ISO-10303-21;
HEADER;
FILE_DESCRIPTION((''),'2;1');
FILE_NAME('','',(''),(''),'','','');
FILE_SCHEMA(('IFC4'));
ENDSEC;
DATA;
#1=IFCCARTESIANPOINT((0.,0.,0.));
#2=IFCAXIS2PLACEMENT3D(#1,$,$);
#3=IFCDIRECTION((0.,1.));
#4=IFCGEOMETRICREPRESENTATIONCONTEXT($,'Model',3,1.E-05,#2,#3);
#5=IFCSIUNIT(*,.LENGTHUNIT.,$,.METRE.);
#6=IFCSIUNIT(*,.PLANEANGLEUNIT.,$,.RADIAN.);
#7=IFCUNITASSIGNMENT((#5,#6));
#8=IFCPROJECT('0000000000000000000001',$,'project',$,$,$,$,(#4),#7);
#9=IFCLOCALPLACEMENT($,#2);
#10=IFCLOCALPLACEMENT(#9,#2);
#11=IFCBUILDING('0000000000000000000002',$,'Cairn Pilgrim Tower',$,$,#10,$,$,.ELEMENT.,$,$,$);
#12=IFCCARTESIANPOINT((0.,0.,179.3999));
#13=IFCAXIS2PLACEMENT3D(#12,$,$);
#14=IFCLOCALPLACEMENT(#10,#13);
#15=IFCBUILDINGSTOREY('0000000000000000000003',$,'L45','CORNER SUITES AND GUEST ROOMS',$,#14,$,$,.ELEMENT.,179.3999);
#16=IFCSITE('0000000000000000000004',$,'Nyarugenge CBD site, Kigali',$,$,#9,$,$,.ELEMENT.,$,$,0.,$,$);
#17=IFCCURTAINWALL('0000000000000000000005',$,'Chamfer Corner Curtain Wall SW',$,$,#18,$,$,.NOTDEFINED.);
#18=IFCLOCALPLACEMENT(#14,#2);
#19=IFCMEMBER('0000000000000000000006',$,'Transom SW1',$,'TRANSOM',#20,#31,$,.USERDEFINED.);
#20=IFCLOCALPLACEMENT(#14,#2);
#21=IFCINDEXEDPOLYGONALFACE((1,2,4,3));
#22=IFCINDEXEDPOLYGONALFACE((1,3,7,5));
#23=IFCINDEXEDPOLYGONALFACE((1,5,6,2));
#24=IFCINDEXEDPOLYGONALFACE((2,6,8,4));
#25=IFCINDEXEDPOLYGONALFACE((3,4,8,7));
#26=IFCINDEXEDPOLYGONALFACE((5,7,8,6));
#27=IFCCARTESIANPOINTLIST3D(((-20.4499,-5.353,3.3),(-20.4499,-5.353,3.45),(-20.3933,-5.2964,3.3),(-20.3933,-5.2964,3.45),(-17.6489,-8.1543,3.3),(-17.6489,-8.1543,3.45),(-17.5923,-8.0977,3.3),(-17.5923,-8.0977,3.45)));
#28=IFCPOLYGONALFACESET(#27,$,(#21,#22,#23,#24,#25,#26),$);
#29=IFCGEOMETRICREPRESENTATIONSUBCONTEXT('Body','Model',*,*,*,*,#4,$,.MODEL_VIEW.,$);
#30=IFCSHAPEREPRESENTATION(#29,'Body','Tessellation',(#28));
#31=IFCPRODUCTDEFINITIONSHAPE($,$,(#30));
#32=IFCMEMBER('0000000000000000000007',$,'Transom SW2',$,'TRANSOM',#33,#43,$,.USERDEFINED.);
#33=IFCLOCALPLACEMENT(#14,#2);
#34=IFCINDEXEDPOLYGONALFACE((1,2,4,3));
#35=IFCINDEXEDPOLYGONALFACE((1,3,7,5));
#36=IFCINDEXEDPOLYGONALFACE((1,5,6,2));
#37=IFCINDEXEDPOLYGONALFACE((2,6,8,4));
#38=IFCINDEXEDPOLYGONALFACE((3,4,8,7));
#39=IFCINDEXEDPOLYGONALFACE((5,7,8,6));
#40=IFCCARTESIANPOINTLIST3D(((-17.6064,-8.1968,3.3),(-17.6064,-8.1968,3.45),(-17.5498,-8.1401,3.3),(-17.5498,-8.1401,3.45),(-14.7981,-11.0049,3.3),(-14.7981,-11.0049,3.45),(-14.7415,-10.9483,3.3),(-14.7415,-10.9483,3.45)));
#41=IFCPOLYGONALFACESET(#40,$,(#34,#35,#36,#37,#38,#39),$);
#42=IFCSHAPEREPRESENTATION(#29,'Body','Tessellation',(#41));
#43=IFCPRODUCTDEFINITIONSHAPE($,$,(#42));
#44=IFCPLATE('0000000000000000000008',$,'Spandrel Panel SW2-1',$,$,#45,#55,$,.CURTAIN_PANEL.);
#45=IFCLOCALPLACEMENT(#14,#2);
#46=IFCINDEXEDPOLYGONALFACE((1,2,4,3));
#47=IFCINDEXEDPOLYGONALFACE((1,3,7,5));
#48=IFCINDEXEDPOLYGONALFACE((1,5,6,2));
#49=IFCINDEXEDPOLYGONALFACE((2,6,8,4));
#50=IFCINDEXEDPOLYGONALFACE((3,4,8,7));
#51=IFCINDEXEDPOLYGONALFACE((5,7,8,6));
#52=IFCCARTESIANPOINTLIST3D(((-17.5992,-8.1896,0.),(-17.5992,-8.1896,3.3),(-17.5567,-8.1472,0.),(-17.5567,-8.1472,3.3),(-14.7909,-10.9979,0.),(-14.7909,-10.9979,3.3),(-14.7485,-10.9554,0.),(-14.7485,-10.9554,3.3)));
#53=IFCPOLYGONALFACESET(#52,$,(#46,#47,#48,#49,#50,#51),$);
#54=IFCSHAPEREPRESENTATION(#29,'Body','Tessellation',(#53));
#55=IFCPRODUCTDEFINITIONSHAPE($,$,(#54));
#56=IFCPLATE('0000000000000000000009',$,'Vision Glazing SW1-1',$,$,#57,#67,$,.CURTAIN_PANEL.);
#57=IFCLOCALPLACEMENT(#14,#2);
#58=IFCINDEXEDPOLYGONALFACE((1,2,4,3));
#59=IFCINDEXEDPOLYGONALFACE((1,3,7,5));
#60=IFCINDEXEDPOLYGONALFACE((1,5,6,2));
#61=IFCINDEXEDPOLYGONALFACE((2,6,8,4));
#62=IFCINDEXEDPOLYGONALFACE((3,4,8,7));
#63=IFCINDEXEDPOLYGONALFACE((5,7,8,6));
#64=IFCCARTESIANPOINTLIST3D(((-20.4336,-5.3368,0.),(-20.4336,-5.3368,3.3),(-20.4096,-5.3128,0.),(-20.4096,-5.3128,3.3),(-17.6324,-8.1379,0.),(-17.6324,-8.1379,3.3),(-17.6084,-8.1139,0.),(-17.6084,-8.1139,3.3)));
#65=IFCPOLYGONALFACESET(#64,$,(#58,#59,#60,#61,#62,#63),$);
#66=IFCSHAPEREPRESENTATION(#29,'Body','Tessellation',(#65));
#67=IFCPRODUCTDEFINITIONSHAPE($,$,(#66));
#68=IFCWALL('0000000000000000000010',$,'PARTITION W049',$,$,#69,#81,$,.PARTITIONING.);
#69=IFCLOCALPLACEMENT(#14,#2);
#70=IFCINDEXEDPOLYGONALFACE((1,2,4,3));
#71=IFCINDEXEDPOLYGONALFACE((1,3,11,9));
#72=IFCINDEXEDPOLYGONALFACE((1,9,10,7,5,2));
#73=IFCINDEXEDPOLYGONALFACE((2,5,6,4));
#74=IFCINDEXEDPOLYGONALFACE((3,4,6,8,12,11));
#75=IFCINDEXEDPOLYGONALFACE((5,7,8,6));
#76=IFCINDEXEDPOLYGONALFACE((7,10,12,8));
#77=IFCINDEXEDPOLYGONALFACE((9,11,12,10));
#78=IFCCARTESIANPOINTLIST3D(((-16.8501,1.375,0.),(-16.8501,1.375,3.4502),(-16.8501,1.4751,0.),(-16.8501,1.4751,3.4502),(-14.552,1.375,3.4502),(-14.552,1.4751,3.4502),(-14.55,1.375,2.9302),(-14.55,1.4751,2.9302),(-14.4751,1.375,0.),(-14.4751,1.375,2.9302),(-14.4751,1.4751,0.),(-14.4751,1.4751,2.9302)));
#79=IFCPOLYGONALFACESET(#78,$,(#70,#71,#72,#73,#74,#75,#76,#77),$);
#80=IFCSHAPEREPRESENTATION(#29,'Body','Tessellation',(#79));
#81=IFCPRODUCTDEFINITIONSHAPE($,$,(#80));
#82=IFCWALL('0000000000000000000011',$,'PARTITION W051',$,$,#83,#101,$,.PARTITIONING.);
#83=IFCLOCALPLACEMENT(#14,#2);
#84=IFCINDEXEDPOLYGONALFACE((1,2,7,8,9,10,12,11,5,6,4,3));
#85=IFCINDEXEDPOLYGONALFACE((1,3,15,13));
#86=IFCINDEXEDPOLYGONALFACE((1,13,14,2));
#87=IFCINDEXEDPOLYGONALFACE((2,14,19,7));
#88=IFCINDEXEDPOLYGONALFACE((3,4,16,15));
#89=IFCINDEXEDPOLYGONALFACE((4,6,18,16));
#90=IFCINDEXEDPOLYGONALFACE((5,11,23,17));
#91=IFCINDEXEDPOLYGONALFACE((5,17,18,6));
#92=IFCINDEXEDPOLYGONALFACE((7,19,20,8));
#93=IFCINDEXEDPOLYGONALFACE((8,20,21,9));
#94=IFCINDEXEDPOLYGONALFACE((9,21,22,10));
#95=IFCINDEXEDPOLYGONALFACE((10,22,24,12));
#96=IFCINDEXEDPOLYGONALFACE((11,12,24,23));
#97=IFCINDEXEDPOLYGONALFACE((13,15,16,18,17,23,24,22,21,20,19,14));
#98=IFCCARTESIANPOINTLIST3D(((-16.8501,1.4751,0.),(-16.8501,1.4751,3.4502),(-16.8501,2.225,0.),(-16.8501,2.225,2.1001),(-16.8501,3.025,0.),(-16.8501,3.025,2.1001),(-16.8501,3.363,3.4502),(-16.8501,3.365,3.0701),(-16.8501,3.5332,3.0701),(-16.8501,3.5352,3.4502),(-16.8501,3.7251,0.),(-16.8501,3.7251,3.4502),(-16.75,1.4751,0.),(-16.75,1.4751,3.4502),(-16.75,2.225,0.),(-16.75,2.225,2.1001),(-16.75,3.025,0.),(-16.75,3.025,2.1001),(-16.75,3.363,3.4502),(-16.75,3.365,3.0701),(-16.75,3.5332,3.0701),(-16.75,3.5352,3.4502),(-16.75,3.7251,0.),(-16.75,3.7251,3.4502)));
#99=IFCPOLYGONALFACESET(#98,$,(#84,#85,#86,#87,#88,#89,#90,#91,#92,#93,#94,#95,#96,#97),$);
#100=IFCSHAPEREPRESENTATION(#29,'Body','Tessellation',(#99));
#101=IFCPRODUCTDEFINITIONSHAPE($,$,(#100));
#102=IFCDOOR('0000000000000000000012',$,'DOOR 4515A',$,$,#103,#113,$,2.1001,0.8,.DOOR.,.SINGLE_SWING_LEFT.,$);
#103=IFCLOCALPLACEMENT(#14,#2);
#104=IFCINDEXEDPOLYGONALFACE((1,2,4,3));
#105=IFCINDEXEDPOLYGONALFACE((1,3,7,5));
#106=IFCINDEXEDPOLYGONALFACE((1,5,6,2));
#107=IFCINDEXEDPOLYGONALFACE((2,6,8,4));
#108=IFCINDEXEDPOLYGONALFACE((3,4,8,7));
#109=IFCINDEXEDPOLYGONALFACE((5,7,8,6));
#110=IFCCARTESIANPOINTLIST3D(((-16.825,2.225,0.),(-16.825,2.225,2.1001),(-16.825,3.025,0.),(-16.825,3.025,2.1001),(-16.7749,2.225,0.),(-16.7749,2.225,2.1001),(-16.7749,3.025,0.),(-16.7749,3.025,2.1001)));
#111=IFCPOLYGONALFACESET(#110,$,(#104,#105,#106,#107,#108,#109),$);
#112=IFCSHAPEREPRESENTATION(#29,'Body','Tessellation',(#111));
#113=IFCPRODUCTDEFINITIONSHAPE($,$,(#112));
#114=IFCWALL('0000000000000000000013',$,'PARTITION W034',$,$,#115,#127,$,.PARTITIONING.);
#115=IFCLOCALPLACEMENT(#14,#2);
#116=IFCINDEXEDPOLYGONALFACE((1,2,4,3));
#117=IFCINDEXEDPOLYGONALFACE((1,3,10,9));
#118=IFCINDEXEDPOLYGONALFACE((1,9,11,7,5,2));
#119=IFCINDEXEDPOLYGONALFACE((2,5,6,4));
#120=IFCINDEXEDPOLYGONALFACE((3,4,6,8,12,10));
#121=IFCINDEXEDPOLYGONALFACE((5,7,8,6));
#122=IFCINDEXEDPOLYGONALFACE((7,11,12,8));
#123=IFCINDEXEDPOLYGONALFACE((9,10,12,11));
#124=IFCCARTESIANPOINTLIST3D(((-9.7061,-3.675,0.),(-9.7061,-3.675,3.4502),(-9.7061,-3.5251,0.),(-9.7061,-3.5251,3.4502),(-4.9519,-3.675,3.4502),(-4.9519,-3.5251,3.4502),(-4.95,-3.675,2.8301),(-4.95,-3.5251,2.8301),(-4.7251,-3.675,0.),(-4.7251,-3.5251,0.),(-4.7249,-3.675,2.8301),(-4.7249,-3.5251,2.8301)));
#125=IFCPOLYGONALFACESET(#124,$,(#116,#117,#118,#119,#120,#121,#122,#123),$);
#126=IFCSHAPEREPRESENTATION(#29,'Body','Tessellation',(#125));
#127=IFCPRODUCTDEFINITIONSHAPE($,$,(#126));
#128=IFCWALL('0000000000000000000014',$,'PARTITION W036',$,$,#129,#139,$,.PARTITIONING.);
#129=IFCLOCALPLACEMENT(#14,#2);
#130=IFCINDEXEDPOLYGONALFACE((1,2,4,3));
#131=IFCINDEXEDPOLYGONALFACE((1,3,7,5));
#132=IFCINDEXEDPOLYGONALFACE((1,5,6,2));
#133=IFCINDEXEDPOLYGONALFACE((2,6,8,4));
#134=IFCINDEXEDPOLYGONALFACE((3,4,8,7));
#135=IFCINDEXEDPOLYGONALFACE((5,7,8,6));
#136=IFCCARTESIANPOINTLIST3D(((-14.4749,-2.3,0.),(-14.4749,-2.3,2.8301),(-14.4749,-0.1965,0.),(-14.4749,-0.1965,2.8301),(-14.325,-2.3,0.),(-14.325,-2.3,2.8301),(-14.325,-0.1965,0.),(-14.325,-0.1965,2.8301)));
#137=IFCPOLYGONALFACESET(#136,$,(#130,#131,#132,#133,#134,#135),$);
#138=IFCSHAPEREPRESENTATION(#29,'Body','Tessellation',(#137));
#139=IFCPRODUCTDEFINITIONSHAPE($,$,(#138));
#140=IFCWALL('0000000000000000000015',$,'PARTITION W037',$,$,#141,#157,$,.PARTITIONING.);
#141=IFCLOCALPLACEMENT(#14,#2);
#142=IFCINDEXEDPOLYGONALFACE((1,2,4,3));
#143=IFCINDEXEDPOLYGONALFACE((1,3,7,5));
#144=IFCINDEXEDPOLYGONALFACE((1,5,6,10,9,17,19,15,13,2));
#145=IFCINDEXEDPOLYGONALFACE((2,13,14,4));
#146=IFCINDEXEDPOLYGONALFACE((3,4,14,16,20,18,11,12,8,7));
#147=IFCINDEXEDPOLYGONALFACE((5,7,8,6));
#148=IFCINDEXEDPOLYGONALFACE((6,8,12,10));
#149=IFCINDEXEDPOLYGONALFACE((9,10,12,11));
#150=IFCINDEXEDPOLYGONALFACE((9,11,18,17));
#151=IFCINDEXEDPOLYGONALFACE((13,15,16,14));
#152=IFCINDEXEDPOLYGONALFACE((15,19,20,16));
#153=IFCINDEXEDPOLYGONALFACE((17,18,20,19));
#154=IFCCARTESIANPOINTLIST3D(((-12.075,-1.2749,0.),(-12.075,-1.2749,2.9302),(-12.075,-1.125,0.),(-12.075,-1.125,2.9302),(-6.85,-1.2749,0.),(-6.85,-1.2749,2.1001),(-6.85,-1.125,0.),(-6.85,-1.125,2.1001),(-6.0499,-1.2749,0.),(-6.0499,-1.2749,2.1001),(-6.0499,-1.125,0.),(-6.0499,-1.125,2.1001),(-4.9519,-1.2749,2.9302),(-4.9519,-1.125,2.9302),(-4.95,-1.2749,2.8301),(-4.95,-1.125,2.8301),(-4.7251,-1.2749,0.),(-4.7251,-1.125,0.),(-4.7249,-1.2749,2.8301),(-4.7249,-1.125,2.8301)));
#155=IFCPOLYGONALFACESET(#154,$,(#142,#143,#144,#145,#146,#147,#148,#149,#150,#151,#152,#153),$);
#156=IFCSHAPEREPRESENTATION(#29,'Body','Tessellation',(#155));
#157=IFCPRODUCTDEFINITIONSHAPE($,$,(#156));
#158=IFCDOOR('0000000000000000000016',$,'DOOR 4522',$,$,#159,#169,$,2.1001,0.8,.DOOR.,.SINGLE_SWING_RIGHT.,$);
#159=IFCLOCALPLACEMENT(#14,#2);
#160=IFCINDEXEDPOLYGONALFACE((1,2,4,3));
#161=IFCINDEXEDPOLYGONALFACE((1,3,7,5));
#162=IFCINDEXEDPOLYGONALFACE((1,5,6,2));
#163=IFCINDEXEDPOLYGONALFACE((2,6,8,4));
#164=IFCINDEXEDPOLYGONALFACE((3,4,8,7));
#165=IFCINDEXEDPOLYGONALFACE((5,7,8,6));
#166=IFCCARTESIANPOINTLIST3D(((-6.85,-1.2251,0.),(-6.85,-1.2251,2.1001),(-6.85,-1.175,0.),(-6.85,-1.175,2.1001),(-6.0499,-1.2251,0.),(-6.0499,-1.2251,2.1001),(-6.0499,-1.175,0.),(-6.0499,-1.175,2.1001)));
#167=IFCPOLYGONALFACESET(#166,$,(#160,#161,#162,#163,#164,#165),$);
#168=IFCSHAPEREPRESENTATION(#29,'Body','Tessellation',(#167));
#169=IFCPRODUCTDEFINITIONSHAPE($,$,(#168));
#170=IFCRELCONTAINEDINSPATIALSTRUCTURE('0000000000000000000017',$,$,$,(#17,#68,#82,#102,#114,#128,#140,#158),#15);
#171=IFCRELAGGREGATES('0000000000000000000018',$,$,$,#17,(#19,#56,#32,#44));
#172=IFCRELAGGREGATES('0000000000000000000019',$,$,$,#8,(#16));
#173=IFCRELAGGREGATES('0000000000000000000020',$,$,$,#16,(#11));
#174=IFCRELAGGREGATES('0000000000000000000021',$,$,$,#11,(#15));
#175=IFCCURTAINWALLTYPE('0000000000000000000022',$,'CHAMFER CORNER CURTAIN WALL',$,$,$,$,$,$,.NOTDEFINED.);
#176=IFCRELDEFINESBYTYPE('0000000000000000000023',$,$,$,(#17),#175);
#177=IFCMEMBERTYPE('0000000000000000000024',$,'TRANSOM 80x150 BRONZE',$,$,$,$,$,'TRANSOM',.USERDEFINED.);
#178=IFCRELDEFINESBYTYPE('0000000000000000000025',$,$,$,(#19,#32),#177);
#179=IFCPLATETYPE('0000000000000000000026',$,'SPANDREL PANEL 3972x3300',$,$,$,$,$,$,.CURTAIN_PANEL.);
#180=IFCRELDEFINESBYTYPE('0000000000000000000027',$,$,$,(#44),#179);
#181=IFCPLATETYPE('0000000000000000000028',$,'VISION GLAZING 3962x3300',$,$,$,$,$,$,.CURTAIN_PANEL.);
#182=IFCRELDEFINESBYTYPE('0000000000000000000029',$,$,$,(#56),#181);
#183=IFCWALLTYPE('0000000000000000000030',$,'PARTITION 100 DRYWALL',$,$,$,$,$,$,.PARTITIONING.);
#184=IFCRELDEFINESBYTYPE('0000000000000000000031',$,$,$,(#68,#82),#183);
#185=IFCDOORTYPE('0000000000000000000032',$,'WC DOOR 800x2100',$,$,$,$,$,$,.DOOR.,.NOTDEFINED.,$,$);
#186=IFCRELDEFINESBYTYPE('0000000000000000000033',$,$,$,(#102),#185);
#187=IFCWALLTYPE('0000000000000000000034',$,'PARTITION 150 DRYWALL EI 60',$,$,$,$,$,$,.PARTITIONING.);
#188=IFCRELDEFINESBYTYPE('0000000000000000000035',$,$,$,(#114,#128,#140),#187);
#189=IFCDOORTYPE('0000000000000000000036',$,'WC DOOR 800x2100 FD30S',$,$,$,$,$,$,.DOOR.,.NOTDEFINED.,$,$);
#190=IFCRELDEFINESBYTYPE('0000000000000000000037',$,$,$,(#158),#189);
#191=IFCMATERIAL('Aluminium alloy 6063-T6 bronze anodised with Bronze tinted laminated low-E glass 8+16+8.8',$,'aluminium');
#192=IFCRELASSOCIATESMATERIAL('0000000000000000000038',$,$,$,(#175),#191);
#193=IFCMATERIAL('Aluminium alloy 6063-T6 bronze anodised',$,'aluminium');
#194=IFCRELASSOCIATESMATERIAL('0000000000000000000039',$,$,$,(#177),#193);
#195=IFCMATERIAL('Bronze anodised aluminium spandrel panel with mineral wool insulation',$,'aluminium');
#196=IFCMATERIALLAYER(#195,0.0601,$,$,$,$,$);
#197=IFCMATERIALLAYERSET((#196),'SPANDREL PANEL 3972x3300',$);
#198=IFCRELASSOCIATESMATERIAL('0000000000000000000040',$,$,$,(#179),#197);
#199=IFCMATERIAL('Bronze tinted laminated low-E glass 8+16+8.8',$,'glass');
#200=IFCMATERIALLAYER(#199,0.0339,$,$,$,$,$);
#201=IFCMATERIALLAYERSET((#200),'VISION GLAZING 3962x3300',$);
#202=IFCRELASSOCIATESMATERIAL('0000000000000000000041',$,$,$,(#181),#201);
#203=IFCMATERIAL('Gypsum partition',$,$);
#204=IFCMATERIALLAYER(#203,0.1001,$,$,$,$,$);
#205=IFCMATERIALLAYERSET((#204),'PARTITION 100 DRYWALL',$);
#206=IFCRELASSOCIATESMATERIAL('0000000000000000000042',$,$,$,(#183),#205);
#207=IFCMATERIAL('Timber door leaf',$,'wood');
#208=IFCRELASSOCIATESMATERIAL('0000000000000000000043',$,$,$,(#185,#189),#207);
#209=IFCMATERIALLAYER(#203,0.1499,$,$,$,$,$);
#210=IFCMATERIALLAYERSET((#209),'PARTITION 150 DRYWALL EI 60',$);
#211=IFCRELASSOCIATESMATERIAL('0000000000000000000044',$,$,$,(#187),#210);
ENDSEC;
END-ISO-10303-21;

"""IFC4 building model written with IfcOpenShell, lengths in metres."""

from ifc_helpers import new_model, si_unit, direction, frame, frame_2d, origin, origin_2d, place, context, subcontext, project, spatial, polyline, rectangle, outline, extrude, material, layer, layer_set, material_profile, profile_set, type_object, element, fill, aggregate, save


model = new_model("IFC4")

# Units and contexts
model_context = context("Model", 3, precision=1e-05, world=origin(), true_north=direction((0.0, 1.0)))
body_context = subcontext(model_context, "Body", "Model", "MODEL_VIEW")
ifc_project = project(units=[si_unit("LENGTHUNIT", "METRE"), si_unit("PLANEANGLEUNIT", "RADIAN")], contexts=[model_context])

# Site, building, storey
site_placement = place(None, origin())
site = spatial("IfcSite", under=ifc_project, at=site_placement, Name="Nyarugenge CBD site, Kigali", CompositionType="ELEMENT", RefElevation=0.0)
building_placement = place(site_placement, origin())
building = spatial("IfcBuilding", under=site, at=building_placement, Name="Cairn Pilgrim Tower", CompositionType="ELEMENT")
storey_placement = place(building_placement, frame((0.0, 0.0, 179.3999)))
storey = spatial("IfcBuildingStorey", under=building, at=storey_placement, Name="L45", Description="CORNER SUITES AND GUEST ROOMS", CompositionType="ELEMENT", Elevation=179.3999)

# Shared definitions
ifc_material_1 = material(Name="Aluminium alloy 6063-T6 bronze anodised with Bronze tinted laminated low-E glass 8+16+8.8", Category="aluminium")
ifc_material_2 = material(Name="Aluminium alloy 6063-T6 bronze anodised", Category="aluminium")

# Curtain wall
curtain_wall_type_1 = type_object("IfcCurtainWallType", Name="CHAMFER CORNER CURTAIN WALL", PredefinedType="NOTDEFINED", material=ifc_material_1)
curtain_wall_1_placement = place(storey_placement, origin())
curtain_wall_1 = element("IfcCurtainWall", 1, at=curtain_wall_1_placement, inside=storey, type_object=curtain_wall_type_1, Name="Chamfer Corner Curtain Wall SW", PredefinedType="NOTDEFINED")

# Members
ifc_material_profile_1 = material_profile(ifc_material_2, rectangle(XDim=0.0801, YDim=0.1499, at=origin_2d()), Name="TRANSOM 80x150 BRONZE")
ifc_profile_set_1 = profile_set([ifc_material_profile_1], Name="Aluminium alloy 6063-T6 bronze anodised")
member_type_1 = type_object("IfcMemberType", Name="TRANSOM 80x150 BRONZE", ElementType="TRANSOM", PredefinedType="USERDEFINED", material=ifc_profile_set_1)
member_1_placement = place(storey_placement, frame((-20.4216, -5.3247, 3.375), z_axis=(0.707076, -0.707138, 0.0), x_axis=(0.707138, 0.707076, 0.0)))
member_1 = element("IfcMember", 2, at=member_1_placement, type_object=member_type_1, Name="Transom SW1", ObjectType="TRANSOM", PredefinedType="USERDEFINED", context=body_context, shape_type="SweptSolid", body=[
    extrude(rectangle(XDim=0.0801, YDim=0.1499, at=origin_2d()), origin(), (0.0, 0.0, 1.0), 3.9614),
])
member_2_placement = place(storey_placement, frame((-17.5781, -8.1685, 3.375), z_axis=(0.707138, -0.707076, 0.0), x_axis=(0.707076, 0.707138, 0.0)))
member_2 = element("IfcMember", 3, at=member_2_placement, type_object=member_type_1, Name="Transom SW2", ObjectType="TRANSOM", PredefinedType="USERDEFINED", context=body_context, shape_type="SweptSolid", body=[
    extrude(rectangle(XDim=0.0801, YDim=0.1499, at=origin_2d()), origin(), (0.0, 0.0, 1.0), 3.9714),
])

# Plates
ifc_material_3 = material(Name="Bronze anodised aluminium spandrel panel with mineral wool insulation", Category="aluminium")
ifc_layer_1 = layer(ifc_material_3, 0.0601)
ifc_layer_set_1 = layer_set([ifc_layer_1], Name="SPANDREL PANEL 3972x3300")
plate_type_1 = type_object("IfcPlateType", Name="SPANDREL PANEL 3972x3300", PredefinedType="CURTAIN_PANEL", material=ifc_layer_set_1)
plate_1_placement = place(storey_placement, frame((-16.1738, -9.5725, 0.0), z_axis=(0.0, 0.0, 1.0), x_axis=(0.707107, -0.707107, 0.0)))
plate_1 = element("IfcPlate", 4, at=plate_1_placement, type_object=plate_type_1, Name="Spandrel Panel SW2-1", PredefinedType="CURTAIN_PANEL", context=body_context, shape_type="SweptSolid", body=[
    extrude(rectangle(XDim=3.9714, YDim=0.0601, at=origin_2d()), origin(), (0.0, 0.0, 1.0), 3.3),
])
ifc_material_4 = material(Name="Bronze tinted laminated low-E glass 8+16+8.8", Category="glass")
ifc_layer_2 = layer(ifc_material_4, 0.0339)
ifc_layer_set_2 = layer_set([ifc_layer_2], Name="VISION GLAZING 3962x3300")
plate_type_2 = type_object("IfcPlateType", Name="VISION GLAZING 3962x3300", PredefinedType="CURTAIN_PANEL", material=ifc_layer_set_2)
plate_2_placement = place(storey_placement, frame((-19.021, -6.7253, 0.0), z_axis=(0.0, 0.0, 1.0), x_axis=(0.707107, -0.707107, 0.0)))
plate_2 = element("IfcPlate", 5, at=plate_2_placement, type_object=plate_type_2, Name="Vision Glazing SW1-1", PredefinedType="CURTAIN_PANEL", context=body_context, shape_type="SweptSolid", body=[
    extrude(rectangle(XDim=3.9614, YDim=0.0339, at=origin_2d()), origin(), (0.0, 0.0, 1.0), 3.3),
])
aggregate(curtain_wall_1, [member_1, plate_2, member_2, plate_1])

# Wall
ifc_material_5 = material(Name="Gypsum partition")
ifc_layer_3 = layer(ifc_material_5, 0.1001)
ifc_layer_set_3 = layer_set([ifc_layer_3], Name="PARTITION 100 DRYWALL")
wall_type_1 = type_object("IfcWallType", Name="PARTITION 100 DRYWALL", PredefinedType="PARTITIONING", material=ifc_layer_set_3)
wall_1_placement = place(storey_placement, frame((-16.8501, 1.425, 0.0), z_axis=(0.0, 0.0, 1.0), x_axis=(1.0, 0.0, 0.0)))
element("IfcWall", 6, at=wall_1_placement, inside=storey, type_object=wall_type_1, Name="PARTITION W049", PredefinedType="PARTITIONING", context=body_context, shape_type="SweptSolid", body=[
    extrude(outline(polyline([(0.0, 0.0), (2.375, 0.0), (2.375, 2.9302), (2.3, 2.9302), (2.2981, 3.4502), (0.0, 3.4502), (0.0, 0.0)])), frame((0.0, 0.05, 0.0), z_axis=(0.0, -1.0, 0.0), x_axis=(1.0, 0.0, 0.0)), (0.0, 0.0, 1.0), 0.1001),
])

# Wall, opening, door
wall_2_placement = place(storey_placement, frame((-16.8, 1.4751, 0.0), z_axis=(0.0, 0.0, 1.0), x_axis=(0.0, 1.0, 0.0)))
wall_2 = element("IfcWall", 7, at=wall_2_placement, inside=storey, type_object=wall_type_1, Name="PARTITION W051", PredefinedType="PARTITIONING", context=body_context, shape_type="SweptSolid", body=[
    extrude(outline(polyline([(0.0, 0.0), (2.25, 0.0), (2.25, 3.4502), (2.0601, 3.4502), (2.0581, 3.0701), (1.8899, 3.0701), (1.8879, 3.4502), (0.0, 3.4502), (0.0, 0.0)])), frame((0.0, 0.05, 0.0), z_axis=(0.0, -1.0, 0.0), x_axis=(1.0, 0.0, 0.0)), (0.0, 0.0, 1.0), 0.1001),
])
opening_1_placement = place(wall_2_placement, frame((0.75, 0.0, 0.0)))
opening_1 = element("IfcOpeningElement", 8, at=opening_1_placement, cuts=wall_2, PredefinedType="OPENING", context=body_context, shape_type="SweptSolid", body=[
    extrude(rectangle(XDim=0.8, YDim=2.1001, at=frame_2d((0.3999, 1.05))), frame((0.0, 0.0601, 0.0), z_axis=(0.0, -1.0, 0.0), x_axis=(1.0, 0.0, 0.0)), (0.0, 0.0, 1.0), 0.1201),
])
ifc_material_6 = material(Name="Timber door leaf", Category="wood")
door_type_1 = type_object("IfcDoorType", Name="WC DOOR 800x2100", OperationType="NOTDEFINED", PredefinedType="DOOR", material=ifc_material_6)
door_1_placement = place(opening_1_placement, origin())
door_1 = element("IfcDoor", 9, at=door_1_placement, inside=storey, type_object=door_type_1, Name="DOOR 4515A", OperationType="SINGLE_SWING_LEFT", OverallHeight=2.1001, OverallWidth=0.8, PredefinedType="DOOR", context=body_context, shape_type="SweptSolid", body=[
    extrude(rectangle(XDim=0.8, YDim=2.1001, at=frame_2d((0.3999, 1.05))), frame((0.0, 0.0249, 0.0), z_axis=(0.0, -1.0, 0.0), x_axis=(1.0, 0.0, 0.0)), (0.0, 0.0, 1.0), 0.05),
])
fill(opening_1, door_1)

# Walls
ifc_layer_4 = layer(ifc_material_5, 0.1499)
ifc_layer_set_4 = layer_set([ifc_layer_4], Name="PARTITION 150 DRYWALL EI 60")
wall_type_2 = type_object("IfcWallType", Name="PARTITION 150 DRYWALL EI 60", PredefinedType="PARTITIONING", material=ifc_layer_set_4)
wall_3_placement = place(storey_placement, frame((-9.7061, -3.6001, 0.0), z_axis=(0.0, 0.0, 1.0), x_axis=(1.0, 0.0, 0.0)))
element("IfcWall", 10, at=wall_3_placement, inside=storey, type_object=wall_type_2, Name="PARTITION W034", PredefinedType="PARTITIONING", context=body_context, shape_type="SweptSolid", body=[
    extrude(outline(polyline([(0.0, 0.0), (4.981, 0.0), (4.9812, 2.8301), (4.7561, 2.8301), (4.7542, 3.4502), (0.0, 3.4502), (0.0, 0.0)])), frame((0.0, 0.075, 0.0), z_axis=(0.0, -1.0, 0.0), x_axis=(1.0, 0.0, 0.0)), (0.0, 0.0, 1.0), 0.1499),
])
wall_4_placement = place(storey_placement, frame((-14.3999, -2.3, 0.0), z_axis=(0.0, 0.0, 1.0), x_axis=(0.0, 1.0, 0.0)))
element("IfcWall", 11, at=wall_4_placement, inside=storey, type_object=wall_type_2, Name="PARTITION W036", PredefinedType="PARTITIONING", context=body_context, shape_type="SweptSolid", body=[
    extrude(rectangle(XDim=2.1035, YDim=0.1499, at=frame_2d((1.0518, 0.0))), origin(), (0.0, 0.0, 1.0), 2.8301),
])

# Wall, opening, door
wall_5_placement = place(storey_placement, frame((-12.075, -1.2, 0.0), z_axis=(0.0, 0.0, 1.0), x_axis=(1.0, 0.0, 0.0)))
wall_5 = element("IfcWall", 12, at=wall_5_placement, inside=storey, type_object=wall_type_2, Name="PARTITION W037", PredefinedType="PARTITIONING", context=body_context, shape_type="SweptSolid", body=[
    extrude(outline(polyline([(0.0, 0.0), (7.3499, 0.0), (7.3501, 2.8301), (7.125, 2.8301), (7.123, 2.9302), (0.0, 2.9302), (0.0, 0.0)])), frame((0.0, 0.075, 0.0), z_axis=(0.0, -1.0, 0.0), x_axis=(1.0, 0.0, 0.0)), (0.0, 0.0, 1.0), 0.1499),
])
opening_2_placement = place(wall_5_placement, frame((5.2251, 0.0, 0.0)))
opening_2 = element("IfcOpeningElement", 13, at=opening_2_placement, cuts=wall_5, PredefinedType="OPENING", context=body_context, shape_type="SweptSolid", body=[
    extrude(rectangle(XDim=0.8, YDim=2.1001, at=frame_2d((0.3999, 1.05))), frame((0.0, 0.085, 0.0), z_axis=(0.0, -1.0, 0.0), x_axis=(1.0, 0.0, 0.0)), (0.0, 0.0, 1.0), 0.1699),
])
door_type_2 = type_object("IfcDoorType", Name="WC DOOR 800x2100 FD30S", OperationType="NOTDEFINED", PredefinedType="DOOR", material=ifc_material_6)
door_2_placement = place(opening_2_placement, origin())
door_2 = element("IfcDoor", 14, at=door_2_placement, inside=storey, type_object=door_type_2, Name="DOOR 4522", OperationType="SINGLE_SWING_RIGHT", OverallHeight=2.1001, OverallWidth=0.8, PredefinedType="DOOR", context=body_context, shape_type="SweptSolid", body=[
    extrude(rectangle(XDim=0.8, YDim=2.1001, at=frame_2d((0.3999, 1.05))), frame((0.0, 0.0249, 0.0), z_axis=(0.0, -1.0, 0.0), x_axis=(1.0, 0.0, 0.0)), (0.0, 0.0, 1.0), 0.05),
])
fill(opening_2, door_2)

save(model, "model.ifc")
